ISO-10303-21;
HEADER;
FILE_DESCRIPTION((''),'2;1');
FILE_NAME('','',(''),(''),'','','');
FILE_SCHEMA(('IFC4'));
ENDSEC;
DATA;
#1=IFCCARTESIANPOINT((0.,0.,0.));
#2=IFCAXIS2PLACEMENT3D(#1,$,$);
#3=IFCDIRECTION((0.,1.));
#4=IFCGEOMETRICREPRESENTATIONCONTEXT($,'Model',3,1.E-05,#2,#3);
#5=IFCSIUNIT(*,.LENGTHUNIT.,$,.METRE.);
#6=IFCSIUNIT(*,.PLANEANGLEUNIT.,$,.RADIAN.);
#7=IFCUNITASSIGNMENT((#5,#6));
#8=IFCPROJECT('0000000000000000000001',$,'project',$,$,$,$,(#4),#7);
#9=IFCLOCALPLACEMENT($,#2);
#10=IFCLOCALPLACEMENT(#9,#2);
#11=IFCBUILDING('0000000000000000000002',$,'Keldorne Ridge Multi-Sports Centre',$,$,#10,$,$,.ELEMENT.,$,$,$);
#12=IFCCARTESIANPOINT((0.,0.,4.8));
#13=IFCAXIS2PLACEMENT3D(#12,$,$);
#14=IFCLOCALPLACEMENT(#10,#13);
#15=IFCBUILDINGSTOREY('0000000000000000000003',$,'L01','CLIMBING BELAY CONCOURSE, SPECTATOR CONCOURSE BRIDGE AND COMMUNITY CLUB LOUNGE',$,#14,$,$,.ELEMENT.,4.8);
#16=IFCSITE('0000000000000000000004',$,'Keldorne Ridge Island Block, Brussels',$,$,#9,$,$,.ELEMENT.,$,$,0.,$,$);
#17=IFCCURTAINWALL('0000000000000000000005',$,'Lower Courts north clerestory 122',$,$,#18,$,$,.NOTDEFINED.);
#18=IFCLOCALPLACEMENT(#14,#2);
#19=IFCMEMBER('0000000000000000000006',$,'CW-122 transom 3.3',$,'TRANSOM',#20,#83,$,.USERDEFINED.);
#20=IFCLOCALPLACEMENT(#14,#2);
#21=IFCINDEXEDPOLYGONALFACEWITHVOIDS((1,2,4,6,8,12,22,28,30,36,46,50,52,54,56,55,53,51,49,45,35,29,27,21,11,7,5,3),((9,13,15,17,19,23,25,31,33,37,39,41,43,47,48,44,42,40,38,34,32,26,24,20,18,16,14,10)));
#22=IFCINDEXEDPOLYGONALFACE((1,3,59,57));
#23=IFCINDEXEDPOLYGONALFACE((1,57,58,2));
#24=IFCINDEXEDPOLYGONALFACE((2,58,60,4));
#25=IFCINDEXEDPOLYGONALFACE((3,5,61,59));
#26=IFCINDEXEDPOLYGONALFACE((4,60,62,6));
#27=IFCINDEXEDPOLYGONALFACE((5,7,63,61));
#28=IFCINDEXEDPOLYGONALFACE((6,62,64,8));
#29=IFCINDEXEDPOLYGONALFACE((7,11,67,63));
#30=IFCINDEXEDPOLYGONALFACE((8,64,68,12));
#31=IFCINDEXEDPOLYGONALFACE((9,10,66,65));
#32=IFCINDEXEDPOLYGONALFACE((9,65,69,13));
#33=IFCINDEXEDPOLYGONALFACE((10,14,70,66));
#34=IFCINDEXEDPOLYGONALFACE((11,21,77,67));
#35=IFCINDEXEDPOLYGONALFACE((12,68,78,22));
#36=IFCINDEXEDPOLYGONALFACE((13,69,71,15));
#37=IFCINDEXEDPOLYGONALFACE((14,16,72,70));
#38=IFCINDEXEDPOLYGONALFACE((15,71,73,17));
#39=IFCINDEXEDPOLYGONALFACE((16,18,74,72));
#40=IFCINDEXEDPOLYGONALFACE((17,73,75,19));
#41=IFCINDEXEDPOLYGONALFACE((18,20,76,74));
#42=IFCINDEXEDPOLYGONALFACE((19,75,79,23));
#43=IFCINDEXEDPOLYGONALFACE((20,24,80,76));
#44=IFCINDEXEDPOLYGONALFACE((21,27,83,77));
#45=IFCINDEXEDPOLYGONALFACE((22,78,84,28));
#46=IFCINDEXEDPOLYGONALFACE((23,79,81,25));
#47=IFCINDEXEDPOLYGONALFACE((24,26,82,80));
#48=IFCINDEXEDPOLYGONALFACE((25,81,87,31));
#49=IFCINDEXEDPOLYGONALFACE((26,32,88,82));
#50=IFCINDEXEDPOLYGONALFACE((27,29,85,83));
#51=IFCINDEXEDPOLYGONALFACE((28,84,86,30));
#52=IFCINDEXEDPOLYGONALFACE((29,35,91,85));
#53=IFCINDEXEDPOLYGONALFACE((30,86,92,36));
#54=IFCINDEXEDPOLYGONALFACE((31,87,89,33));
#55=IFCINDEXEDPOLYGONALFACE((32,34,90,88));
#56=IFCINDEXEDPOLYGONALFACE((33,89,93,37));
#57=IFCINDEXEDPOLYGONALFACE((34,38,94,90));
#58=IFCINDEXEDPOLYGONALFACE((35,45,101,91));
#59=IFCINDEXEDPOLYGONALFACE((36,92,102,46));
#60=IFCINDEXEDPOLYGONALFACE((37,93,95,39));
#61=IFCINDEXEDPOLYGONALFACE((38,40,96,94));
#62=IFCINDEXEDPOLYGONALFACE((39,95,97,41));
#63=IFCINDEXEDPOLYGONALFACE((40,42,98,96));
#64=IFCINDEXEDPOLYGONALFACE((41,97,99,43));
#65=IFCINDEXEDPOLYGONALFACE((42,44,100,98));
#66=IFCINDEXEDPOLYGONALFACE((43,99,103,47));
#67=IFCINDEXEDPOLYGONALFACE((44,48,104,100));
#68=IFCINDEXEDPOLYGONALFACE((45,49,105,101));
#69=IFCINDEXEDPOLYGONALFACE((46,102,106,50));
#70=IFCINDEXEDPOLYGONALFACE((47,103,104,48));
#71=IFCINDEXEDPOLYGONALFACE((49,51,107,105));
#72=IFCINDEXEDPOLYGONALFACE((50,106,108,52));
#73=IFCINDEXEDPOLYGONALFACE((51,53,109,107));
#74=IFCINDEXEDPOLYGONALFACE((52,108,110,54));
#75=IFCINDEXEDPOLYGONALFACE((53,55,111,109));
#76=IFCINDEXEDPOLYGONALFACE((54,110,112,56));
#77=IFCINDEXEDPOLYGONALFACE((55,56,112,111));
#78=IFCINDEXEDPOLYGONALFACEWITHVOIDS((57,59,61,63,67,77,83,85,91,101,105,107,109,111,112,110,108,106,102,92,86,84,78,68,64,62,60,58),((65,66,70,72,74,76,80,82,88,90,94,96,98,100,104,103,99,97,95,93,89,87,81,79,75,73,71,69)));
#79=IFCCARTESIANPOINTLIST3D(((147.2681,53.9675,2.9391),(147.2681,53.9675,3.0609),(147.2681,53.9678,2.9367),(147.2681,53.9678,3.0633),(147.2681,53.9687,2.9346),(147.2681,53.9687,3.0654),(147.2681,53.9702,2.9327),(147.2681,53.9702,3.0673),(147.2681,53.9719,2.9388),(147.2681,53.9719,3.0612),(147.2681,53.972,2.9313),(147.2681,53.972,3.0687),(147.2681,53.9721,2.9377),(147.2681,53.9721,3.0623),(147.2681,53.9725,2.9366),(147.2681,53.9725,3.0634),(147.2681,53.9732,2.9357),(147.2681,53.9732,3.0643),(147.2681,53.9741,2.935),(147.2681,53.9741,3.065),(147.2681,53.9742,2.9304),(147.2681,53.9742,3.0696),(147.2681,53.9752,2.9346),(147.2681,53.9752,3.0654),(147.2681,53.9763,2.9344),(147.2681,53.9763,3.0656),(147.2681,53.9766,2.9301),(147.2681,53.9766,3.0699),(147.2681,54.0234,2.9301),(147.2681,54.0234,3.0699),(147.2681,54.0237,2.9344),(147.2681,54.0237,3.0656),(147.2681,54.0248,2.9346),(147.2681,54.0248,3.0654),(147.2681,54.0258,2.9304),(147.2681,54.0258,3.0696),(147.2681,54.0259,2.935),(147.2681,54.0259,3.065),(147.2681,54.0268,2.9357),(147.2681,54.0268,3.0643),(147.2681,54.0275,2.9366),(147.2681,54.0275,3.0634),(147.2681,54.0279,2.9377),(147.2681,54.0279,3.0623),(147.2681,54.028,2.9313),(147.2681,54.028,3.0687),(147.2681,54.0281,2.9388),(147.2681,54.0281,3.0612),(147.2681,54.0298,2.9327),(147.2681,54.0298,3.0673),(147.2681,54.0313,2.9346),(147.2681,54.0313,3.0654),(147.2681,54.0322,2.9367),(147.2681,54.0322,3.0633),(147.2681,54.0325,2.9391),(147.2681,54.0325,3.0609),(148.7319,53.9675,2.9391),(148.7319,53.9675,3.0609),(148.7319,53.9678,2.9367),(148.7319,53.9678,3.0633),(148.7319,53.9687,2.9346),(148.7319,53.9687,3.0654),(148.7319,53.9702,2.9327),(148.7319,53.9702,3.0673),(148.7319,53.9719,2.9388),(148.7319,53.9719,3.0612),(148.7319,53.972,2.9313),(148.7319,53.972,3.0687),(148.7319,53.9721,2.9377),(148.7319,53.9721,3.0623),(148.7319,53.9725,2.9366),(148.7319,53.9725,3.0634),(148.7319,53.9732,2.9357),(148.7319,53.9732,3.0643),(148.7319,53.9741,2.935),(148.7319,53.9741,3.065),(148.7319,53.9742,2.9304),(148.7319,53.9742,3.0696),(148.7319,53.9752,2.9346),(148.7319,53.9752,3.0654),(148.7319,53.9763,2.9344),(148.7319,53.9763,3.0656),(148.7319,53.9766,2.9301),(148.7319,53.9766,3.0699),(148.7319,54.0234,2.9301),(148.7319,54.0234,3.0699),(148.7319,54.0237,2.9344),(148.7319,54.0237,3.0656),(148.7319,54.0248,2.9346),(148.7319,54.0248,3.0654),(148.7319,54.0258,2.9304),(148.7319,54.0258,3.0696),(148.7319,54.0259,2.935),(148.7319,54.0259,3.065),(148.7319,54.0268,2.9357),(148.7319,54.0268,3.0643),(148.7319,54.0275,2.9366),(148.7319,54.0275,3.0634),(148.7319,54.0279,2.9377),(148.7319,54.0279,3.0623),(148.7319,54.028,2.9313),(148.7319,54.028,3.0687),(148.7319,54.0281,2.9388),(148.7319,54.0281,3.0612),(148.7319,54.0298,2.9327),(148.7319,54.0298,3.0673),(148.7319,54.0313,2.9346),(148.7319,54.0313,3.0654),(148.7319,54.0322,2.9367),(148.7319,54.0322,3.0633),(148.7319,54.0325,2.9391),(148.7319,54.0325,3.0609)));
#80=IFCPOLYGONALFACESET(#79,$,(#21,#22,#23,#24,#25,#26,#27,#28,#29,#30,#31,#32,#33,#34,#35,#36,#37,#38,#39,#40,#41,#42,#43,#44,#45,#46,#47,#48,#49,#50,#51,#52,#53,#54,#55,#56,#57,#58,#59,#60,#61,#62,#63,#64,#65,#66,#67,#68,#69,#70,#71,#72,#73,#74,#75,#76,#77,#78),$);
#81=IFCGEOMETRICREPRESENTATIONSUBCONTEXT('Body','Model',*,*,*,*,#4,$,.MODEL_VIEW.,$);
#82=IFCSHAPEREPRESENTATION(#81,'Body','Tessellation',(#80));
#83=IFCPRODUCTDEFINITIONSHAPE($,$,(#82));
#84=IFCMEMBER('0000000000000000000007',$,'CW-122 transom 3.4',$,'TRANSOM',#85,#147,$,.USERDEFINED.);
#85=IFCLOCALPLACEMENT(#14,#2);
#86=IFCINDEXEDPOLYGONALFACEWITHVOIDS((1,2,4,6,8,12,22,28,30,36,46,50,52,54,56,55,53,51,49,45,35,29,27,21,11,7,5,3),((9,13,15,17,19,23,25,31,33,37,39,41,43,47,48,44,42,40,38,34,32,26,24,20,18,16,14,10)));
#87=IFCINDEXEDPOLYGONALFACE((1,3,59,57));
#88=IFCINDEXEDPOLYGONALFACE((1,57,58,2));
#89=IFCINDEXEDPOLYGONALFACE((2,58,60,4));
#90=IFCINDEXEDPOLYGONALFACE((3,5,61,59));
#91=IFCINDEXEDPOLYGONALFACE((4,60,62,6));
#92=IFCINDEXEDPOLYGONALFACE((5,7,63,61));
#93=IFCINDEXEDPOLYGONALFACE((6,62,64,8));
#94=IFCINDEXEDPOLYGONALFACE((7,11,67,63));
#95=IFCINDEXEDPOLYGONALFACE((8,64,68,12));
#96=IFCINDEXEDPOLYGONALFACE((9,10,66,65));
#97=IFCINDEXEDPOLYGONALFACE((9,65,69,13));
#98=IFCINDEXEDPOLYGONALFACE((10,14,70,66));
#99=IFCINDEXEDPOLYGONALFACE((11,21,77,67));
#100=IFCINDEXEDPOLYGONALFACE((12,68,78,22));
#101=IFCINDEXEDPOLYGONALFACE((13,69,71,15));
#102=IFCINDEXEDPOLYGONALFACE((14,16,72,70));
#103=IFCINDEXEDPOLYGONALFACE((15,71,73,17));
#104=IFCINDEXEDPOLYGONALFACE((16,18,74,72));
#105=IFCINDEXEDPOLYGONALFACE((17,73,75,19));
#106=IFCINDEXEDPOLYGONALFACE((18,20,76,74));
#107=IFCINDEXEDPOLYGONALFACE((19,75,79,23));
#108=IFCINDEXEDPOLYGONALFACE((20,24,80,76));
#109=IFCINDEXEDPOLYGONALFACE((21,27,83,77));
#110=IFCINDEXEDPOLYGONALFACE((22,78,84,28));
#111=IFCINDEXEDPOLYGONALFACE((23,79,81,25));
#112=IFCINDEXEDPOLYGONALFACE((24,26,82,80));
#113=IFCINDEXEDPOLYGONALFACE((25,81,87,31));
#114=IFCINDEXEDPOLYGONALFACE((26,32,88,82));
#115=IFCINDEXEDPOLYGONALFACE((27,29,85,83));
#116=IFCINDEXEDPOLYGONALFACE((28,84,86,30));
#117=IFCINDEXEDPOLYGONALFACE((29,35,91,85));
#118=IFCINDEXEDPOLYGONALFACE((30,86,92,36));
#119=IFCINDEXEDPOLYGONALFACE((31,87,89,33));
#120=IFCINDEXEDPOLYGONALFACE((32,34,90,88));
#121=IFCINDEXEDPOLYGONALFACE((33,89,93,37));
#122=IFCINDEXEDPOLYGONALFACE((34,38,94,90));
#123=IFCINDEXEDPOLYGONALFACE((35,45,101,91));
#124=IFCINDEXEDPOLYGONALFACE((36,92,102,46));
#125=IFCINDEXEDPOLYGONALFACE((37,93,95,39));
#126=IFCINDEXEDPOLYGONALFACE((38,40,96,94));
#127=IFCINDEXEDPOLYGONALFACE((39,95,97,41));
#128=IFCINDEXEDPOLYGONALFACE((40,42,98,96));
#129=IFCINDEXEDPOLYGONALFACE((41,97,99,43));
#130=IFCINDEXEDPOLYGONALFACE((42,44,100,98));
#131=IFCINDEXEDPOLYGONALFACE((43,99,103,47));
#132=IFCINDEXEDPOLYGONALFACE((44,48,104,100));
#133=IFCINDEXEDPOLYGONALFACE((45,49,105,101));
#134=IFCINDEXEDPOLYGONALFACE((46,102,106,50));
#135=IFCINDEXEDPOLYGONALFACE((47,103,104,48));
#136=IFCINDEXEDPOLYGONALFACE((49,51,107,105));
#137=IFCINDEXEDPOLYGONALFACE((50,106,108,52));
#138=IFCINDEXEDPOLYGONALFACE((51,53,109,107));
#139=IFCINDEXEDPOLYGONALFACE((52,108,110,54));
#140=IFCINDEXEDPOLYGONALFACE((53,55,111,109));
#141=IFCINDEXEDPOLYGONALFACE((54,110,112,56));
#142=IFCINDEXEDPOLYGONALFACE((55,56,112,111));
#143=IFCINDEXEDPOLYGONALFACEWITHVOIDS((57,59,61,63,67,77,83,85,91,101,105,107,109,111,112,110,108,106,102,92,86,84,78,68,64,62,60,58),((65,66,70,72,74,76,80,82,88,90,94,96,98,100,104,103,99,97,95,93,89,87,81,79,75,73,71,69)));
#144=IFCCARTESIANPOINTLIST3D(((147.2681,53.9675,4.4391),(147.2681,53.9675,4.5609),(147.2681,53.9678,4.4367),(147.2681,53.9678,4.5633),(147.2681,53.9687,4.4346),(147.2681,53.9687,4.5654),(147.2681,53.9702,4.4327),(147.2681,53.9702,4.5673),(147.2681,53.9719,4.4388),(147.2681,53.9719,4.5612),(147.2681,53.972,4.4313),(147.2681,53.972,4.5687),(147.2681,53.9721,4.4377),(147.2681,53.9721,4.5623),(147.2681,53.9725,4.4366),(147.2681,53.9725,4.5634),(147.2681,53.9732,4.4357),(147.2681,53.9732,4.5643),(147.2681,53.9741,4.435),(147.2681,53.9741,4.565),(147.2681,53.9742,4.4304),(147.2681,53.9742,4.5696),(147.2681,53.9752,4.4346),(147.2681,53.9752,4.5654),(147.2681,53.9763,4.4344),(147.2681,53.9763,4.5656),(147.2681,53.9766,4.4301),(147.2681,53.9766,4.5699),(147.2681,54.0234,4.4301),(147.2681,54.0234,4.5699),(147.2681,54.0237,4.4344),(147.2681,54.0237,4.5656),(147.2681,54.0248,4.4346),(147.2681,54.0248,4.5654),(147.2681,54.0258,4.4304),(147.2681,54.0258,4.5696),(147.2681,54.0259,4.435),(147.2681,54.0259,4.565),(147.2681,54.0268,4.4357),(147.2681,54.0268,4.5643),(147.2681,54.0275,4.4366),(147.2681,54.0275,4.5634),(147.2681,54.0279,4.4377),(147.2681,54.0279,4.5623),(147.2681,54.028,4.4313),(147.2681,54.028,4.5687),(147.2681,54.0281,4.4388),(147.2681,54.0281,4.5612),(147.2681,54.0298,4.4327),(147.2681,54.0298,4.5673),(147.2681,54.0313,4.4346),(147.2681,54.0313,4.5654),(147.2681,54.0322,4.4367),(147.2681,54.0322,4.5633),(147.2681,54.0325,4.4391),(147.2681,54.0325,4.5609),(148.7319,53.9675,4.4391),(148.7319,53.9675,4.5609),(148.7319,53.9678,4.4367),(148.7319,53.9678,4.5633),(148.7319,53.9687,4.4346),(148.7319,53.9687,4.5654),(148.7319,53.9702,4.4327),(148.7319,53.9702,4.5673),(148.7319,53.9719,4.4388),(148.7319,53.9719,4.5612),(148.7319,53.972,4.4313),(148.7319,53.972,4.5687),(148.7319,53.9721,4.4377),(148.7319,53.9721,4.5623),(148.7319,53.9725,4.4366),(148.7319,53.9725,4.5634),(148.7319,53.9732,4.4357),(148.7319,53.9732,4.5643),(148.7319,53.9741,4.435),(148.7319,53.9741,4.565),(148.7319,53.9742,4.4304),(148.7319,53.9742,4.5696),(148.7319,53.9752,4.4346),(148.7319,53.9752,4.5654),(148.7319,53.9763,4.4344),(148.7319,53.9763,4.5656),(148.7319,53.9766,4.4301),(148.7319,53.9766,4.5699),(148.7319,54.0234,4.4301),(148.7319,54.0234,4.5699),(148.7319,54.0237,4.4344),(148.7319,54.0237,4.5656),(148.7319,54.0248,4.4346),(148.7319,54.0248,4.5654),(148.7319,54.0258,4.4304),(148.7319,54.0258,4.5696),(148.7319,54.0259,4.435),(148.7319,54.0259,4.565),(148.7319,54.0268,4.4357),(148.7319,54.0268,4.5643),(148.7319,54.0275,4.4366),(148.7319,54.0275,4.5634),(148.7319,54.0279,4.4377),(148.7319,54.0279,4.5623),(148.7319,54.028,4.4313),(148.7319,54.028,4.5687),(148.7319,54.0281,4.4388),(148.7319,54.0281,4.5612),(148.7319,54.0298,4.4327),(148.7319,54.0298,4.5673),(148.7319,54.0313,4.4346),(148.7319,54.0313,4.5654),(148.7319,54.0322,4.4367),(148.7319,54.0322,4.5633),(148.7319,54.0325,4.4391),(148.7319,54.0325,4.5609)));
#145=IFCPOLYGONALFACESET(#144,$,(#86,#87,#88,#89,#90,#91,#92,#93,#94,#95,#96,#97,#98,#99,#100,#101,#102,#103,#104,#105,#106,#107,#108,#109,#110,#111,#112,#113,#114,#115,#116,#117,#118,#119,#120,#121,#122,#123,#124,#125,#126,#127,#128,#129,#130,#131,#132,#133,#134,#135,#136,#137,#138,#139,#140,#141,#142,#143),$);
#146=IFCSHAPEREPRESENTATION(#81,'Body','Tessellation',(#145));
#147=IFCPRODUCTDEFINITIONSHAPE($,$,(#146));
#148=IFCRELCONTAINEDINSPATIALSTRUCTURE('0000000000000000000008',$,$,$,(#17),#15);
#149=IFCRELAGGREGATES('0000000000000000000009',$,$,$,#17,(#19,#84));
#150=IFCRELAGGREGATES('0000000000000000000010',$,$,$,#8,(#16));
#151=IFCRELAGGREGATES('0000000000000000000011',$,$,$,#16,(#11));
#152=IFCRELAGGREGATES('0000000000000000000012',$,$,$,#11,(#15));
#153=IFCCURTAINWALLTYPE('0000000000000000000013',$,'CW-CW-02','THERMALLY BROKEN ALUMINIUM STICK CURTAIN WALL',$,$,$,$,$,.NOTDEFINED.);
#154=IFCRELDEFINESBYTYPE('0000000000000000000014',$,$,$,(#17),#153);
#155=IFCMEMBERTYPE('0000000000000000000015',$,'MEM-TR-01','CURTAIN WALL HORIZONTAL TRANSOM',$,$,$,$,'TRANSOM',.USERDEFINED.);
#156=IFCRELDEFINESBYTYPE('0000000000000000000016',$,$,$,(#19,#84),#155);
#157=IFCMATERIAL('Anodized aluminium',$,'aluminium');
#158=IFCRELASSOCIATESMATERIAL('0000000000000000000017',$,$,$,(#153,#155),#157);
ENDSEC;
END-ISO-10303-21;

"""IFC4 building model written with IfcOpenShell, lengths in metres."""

from ifc_helpers import new_model, si_unit, direction, frame, origin, origin_2d, place, context, subcontext, project, spatial, hollow_rectangle, extrude, material, material_profile, profile_set, type_object, element, aggregate, save


model = new_model("IFC4")

# Units and contexts
model_context = context("Model", 3, precision=1e-05, world=origin(), true_north=direction((0.0, 1.0)))
body_context = subcontext(model_context, "Body", "Model", "MODEL_VIEW")
ifc_project = project(units=[si_unit("LENGTHUNIT", "METRE"), si_unit("PLANEANGLEUNIT", "RADIAN")], contexts=[model_context])

# Site, building, storey
site_placement = place(None, origin())
site = spatial("IfcSite", under=ifc_project, at=site_placement, Name="Keldorne Ridge Island Block, Brussels", CompositionType="ELEMENT", RefElevation=0.0)
building_placement = place(site_placement, origin())
building = spatial("IfcBuilding", under=site, at=building_placement, Name="Keldorne Ridge Multi-Sports Centre", CompositionType="ELEMENT")
storey_placement = place(building_placement, frame((0.0, 0.0, 4.8)))
storey = spatial("IfcBuildingStorey", under=building, at=storey_placement, Name="L01", Description="CLIMBING BELAY CONCOURSE, SPECTATOR CONCOURSE BRIDGE AND COMMUNITY CLUB LOUNGE", CompositionType="ELEMENT", Elevation=4.8)

# Curtain wall, members
ifc_material_1 = material(Name="Anodized aluminium", Category="aluminium")
curtain_wall_type = type_object("IfcCurtainWallType", Name="CW-CW-02", Description="THERMALLY BROKEN ALUMINIUM STICK CURTAIN WALL", PredefinedType="NOTDEFINED", material=ifc_material_1)
curtain_wall_placement = place(storey_placement, origin())
curtain_wall = element("IfcCurtainWall", 1, at=curtain_wall_placement, inside=storey, type_object=curtain_wall_type, Name="Lower Courts north clerestory 122", PredefinedType="NOTDEFINED")
ifc_material_profile_1 = material_profile(ifc_material_1, hollow_rectangle(XDim=0.0649, YDim=0.1399, WallThickness=0.0044, InnerFilletRadius=0.0044, OuterFilletRadius=0.009, at=origin_2d()), Name="ALU TRANSOM 140x65x4.5")
ifc_profile_set_1 = profile_set([ifc_material_profile_1], Name="Anodized aluminium")
member_type_1 = type_object("IfcMemberType", Name="MEM-TR-01", Description="CURTAIN WALL HORIZONTAL TRANSOM", ElementType="TRANSOM", PredefinedType="USERDEFINED", material=ifc_profile_set_1)
member_1_placement = place(storey_placement, frame((148.7319, 54.0, 3.0), z_axis=(-1.0, 0.0, 0.0), x_axis=(0.0, -1.0, 0.0)))
member_1 = element("IfcMember", 2, at=member_1_placement, type_object=member_type_1, Name="CW-122 transom 3.3", ObjectType="TRANSOM", PredefinedType="USERDEFINED", context=body_context, shape_type="SweptSolid", body=[
    extrude(hollow_rectangle(XDim=0.0649, YDim=0.1399, WallThickness=0.0044, InnerFilletRadius=0.0044, OuterFilletRadius=0.009, at=origin_2d()), origin(), (0.0, 0.0, 1.0), 1.4639),
])
member_2_placement = place(storey_placement, frame((148.7319, 54.0, 4.5), z_axis=(-1.0, 0.0, 0.0), x_axis=(0.0, -1.0, 0.0)))
member_2 = element("IfcMember", 3, at=member_2_placement, type_object=member_type_1, Name="CW-122 transom 3.4", ObjectType="TRANSOM", PredefinedType="USERDEFINED", context=body_context, shape_type="SweptSolid", body=[
    extrude(hollow_rectangle(XDim=0.0649, YDim=0.1399, WallThickness=0.0044, InnerFilletRadius=0.0044, OuterFilletRadius=0.009, at=origin_2d()), origin(), (0.0, 0.0, 1.0), 1.4639),
])
aggregate(curtain_wall, [member_1, member_2])

save(model, "model.ifc")
